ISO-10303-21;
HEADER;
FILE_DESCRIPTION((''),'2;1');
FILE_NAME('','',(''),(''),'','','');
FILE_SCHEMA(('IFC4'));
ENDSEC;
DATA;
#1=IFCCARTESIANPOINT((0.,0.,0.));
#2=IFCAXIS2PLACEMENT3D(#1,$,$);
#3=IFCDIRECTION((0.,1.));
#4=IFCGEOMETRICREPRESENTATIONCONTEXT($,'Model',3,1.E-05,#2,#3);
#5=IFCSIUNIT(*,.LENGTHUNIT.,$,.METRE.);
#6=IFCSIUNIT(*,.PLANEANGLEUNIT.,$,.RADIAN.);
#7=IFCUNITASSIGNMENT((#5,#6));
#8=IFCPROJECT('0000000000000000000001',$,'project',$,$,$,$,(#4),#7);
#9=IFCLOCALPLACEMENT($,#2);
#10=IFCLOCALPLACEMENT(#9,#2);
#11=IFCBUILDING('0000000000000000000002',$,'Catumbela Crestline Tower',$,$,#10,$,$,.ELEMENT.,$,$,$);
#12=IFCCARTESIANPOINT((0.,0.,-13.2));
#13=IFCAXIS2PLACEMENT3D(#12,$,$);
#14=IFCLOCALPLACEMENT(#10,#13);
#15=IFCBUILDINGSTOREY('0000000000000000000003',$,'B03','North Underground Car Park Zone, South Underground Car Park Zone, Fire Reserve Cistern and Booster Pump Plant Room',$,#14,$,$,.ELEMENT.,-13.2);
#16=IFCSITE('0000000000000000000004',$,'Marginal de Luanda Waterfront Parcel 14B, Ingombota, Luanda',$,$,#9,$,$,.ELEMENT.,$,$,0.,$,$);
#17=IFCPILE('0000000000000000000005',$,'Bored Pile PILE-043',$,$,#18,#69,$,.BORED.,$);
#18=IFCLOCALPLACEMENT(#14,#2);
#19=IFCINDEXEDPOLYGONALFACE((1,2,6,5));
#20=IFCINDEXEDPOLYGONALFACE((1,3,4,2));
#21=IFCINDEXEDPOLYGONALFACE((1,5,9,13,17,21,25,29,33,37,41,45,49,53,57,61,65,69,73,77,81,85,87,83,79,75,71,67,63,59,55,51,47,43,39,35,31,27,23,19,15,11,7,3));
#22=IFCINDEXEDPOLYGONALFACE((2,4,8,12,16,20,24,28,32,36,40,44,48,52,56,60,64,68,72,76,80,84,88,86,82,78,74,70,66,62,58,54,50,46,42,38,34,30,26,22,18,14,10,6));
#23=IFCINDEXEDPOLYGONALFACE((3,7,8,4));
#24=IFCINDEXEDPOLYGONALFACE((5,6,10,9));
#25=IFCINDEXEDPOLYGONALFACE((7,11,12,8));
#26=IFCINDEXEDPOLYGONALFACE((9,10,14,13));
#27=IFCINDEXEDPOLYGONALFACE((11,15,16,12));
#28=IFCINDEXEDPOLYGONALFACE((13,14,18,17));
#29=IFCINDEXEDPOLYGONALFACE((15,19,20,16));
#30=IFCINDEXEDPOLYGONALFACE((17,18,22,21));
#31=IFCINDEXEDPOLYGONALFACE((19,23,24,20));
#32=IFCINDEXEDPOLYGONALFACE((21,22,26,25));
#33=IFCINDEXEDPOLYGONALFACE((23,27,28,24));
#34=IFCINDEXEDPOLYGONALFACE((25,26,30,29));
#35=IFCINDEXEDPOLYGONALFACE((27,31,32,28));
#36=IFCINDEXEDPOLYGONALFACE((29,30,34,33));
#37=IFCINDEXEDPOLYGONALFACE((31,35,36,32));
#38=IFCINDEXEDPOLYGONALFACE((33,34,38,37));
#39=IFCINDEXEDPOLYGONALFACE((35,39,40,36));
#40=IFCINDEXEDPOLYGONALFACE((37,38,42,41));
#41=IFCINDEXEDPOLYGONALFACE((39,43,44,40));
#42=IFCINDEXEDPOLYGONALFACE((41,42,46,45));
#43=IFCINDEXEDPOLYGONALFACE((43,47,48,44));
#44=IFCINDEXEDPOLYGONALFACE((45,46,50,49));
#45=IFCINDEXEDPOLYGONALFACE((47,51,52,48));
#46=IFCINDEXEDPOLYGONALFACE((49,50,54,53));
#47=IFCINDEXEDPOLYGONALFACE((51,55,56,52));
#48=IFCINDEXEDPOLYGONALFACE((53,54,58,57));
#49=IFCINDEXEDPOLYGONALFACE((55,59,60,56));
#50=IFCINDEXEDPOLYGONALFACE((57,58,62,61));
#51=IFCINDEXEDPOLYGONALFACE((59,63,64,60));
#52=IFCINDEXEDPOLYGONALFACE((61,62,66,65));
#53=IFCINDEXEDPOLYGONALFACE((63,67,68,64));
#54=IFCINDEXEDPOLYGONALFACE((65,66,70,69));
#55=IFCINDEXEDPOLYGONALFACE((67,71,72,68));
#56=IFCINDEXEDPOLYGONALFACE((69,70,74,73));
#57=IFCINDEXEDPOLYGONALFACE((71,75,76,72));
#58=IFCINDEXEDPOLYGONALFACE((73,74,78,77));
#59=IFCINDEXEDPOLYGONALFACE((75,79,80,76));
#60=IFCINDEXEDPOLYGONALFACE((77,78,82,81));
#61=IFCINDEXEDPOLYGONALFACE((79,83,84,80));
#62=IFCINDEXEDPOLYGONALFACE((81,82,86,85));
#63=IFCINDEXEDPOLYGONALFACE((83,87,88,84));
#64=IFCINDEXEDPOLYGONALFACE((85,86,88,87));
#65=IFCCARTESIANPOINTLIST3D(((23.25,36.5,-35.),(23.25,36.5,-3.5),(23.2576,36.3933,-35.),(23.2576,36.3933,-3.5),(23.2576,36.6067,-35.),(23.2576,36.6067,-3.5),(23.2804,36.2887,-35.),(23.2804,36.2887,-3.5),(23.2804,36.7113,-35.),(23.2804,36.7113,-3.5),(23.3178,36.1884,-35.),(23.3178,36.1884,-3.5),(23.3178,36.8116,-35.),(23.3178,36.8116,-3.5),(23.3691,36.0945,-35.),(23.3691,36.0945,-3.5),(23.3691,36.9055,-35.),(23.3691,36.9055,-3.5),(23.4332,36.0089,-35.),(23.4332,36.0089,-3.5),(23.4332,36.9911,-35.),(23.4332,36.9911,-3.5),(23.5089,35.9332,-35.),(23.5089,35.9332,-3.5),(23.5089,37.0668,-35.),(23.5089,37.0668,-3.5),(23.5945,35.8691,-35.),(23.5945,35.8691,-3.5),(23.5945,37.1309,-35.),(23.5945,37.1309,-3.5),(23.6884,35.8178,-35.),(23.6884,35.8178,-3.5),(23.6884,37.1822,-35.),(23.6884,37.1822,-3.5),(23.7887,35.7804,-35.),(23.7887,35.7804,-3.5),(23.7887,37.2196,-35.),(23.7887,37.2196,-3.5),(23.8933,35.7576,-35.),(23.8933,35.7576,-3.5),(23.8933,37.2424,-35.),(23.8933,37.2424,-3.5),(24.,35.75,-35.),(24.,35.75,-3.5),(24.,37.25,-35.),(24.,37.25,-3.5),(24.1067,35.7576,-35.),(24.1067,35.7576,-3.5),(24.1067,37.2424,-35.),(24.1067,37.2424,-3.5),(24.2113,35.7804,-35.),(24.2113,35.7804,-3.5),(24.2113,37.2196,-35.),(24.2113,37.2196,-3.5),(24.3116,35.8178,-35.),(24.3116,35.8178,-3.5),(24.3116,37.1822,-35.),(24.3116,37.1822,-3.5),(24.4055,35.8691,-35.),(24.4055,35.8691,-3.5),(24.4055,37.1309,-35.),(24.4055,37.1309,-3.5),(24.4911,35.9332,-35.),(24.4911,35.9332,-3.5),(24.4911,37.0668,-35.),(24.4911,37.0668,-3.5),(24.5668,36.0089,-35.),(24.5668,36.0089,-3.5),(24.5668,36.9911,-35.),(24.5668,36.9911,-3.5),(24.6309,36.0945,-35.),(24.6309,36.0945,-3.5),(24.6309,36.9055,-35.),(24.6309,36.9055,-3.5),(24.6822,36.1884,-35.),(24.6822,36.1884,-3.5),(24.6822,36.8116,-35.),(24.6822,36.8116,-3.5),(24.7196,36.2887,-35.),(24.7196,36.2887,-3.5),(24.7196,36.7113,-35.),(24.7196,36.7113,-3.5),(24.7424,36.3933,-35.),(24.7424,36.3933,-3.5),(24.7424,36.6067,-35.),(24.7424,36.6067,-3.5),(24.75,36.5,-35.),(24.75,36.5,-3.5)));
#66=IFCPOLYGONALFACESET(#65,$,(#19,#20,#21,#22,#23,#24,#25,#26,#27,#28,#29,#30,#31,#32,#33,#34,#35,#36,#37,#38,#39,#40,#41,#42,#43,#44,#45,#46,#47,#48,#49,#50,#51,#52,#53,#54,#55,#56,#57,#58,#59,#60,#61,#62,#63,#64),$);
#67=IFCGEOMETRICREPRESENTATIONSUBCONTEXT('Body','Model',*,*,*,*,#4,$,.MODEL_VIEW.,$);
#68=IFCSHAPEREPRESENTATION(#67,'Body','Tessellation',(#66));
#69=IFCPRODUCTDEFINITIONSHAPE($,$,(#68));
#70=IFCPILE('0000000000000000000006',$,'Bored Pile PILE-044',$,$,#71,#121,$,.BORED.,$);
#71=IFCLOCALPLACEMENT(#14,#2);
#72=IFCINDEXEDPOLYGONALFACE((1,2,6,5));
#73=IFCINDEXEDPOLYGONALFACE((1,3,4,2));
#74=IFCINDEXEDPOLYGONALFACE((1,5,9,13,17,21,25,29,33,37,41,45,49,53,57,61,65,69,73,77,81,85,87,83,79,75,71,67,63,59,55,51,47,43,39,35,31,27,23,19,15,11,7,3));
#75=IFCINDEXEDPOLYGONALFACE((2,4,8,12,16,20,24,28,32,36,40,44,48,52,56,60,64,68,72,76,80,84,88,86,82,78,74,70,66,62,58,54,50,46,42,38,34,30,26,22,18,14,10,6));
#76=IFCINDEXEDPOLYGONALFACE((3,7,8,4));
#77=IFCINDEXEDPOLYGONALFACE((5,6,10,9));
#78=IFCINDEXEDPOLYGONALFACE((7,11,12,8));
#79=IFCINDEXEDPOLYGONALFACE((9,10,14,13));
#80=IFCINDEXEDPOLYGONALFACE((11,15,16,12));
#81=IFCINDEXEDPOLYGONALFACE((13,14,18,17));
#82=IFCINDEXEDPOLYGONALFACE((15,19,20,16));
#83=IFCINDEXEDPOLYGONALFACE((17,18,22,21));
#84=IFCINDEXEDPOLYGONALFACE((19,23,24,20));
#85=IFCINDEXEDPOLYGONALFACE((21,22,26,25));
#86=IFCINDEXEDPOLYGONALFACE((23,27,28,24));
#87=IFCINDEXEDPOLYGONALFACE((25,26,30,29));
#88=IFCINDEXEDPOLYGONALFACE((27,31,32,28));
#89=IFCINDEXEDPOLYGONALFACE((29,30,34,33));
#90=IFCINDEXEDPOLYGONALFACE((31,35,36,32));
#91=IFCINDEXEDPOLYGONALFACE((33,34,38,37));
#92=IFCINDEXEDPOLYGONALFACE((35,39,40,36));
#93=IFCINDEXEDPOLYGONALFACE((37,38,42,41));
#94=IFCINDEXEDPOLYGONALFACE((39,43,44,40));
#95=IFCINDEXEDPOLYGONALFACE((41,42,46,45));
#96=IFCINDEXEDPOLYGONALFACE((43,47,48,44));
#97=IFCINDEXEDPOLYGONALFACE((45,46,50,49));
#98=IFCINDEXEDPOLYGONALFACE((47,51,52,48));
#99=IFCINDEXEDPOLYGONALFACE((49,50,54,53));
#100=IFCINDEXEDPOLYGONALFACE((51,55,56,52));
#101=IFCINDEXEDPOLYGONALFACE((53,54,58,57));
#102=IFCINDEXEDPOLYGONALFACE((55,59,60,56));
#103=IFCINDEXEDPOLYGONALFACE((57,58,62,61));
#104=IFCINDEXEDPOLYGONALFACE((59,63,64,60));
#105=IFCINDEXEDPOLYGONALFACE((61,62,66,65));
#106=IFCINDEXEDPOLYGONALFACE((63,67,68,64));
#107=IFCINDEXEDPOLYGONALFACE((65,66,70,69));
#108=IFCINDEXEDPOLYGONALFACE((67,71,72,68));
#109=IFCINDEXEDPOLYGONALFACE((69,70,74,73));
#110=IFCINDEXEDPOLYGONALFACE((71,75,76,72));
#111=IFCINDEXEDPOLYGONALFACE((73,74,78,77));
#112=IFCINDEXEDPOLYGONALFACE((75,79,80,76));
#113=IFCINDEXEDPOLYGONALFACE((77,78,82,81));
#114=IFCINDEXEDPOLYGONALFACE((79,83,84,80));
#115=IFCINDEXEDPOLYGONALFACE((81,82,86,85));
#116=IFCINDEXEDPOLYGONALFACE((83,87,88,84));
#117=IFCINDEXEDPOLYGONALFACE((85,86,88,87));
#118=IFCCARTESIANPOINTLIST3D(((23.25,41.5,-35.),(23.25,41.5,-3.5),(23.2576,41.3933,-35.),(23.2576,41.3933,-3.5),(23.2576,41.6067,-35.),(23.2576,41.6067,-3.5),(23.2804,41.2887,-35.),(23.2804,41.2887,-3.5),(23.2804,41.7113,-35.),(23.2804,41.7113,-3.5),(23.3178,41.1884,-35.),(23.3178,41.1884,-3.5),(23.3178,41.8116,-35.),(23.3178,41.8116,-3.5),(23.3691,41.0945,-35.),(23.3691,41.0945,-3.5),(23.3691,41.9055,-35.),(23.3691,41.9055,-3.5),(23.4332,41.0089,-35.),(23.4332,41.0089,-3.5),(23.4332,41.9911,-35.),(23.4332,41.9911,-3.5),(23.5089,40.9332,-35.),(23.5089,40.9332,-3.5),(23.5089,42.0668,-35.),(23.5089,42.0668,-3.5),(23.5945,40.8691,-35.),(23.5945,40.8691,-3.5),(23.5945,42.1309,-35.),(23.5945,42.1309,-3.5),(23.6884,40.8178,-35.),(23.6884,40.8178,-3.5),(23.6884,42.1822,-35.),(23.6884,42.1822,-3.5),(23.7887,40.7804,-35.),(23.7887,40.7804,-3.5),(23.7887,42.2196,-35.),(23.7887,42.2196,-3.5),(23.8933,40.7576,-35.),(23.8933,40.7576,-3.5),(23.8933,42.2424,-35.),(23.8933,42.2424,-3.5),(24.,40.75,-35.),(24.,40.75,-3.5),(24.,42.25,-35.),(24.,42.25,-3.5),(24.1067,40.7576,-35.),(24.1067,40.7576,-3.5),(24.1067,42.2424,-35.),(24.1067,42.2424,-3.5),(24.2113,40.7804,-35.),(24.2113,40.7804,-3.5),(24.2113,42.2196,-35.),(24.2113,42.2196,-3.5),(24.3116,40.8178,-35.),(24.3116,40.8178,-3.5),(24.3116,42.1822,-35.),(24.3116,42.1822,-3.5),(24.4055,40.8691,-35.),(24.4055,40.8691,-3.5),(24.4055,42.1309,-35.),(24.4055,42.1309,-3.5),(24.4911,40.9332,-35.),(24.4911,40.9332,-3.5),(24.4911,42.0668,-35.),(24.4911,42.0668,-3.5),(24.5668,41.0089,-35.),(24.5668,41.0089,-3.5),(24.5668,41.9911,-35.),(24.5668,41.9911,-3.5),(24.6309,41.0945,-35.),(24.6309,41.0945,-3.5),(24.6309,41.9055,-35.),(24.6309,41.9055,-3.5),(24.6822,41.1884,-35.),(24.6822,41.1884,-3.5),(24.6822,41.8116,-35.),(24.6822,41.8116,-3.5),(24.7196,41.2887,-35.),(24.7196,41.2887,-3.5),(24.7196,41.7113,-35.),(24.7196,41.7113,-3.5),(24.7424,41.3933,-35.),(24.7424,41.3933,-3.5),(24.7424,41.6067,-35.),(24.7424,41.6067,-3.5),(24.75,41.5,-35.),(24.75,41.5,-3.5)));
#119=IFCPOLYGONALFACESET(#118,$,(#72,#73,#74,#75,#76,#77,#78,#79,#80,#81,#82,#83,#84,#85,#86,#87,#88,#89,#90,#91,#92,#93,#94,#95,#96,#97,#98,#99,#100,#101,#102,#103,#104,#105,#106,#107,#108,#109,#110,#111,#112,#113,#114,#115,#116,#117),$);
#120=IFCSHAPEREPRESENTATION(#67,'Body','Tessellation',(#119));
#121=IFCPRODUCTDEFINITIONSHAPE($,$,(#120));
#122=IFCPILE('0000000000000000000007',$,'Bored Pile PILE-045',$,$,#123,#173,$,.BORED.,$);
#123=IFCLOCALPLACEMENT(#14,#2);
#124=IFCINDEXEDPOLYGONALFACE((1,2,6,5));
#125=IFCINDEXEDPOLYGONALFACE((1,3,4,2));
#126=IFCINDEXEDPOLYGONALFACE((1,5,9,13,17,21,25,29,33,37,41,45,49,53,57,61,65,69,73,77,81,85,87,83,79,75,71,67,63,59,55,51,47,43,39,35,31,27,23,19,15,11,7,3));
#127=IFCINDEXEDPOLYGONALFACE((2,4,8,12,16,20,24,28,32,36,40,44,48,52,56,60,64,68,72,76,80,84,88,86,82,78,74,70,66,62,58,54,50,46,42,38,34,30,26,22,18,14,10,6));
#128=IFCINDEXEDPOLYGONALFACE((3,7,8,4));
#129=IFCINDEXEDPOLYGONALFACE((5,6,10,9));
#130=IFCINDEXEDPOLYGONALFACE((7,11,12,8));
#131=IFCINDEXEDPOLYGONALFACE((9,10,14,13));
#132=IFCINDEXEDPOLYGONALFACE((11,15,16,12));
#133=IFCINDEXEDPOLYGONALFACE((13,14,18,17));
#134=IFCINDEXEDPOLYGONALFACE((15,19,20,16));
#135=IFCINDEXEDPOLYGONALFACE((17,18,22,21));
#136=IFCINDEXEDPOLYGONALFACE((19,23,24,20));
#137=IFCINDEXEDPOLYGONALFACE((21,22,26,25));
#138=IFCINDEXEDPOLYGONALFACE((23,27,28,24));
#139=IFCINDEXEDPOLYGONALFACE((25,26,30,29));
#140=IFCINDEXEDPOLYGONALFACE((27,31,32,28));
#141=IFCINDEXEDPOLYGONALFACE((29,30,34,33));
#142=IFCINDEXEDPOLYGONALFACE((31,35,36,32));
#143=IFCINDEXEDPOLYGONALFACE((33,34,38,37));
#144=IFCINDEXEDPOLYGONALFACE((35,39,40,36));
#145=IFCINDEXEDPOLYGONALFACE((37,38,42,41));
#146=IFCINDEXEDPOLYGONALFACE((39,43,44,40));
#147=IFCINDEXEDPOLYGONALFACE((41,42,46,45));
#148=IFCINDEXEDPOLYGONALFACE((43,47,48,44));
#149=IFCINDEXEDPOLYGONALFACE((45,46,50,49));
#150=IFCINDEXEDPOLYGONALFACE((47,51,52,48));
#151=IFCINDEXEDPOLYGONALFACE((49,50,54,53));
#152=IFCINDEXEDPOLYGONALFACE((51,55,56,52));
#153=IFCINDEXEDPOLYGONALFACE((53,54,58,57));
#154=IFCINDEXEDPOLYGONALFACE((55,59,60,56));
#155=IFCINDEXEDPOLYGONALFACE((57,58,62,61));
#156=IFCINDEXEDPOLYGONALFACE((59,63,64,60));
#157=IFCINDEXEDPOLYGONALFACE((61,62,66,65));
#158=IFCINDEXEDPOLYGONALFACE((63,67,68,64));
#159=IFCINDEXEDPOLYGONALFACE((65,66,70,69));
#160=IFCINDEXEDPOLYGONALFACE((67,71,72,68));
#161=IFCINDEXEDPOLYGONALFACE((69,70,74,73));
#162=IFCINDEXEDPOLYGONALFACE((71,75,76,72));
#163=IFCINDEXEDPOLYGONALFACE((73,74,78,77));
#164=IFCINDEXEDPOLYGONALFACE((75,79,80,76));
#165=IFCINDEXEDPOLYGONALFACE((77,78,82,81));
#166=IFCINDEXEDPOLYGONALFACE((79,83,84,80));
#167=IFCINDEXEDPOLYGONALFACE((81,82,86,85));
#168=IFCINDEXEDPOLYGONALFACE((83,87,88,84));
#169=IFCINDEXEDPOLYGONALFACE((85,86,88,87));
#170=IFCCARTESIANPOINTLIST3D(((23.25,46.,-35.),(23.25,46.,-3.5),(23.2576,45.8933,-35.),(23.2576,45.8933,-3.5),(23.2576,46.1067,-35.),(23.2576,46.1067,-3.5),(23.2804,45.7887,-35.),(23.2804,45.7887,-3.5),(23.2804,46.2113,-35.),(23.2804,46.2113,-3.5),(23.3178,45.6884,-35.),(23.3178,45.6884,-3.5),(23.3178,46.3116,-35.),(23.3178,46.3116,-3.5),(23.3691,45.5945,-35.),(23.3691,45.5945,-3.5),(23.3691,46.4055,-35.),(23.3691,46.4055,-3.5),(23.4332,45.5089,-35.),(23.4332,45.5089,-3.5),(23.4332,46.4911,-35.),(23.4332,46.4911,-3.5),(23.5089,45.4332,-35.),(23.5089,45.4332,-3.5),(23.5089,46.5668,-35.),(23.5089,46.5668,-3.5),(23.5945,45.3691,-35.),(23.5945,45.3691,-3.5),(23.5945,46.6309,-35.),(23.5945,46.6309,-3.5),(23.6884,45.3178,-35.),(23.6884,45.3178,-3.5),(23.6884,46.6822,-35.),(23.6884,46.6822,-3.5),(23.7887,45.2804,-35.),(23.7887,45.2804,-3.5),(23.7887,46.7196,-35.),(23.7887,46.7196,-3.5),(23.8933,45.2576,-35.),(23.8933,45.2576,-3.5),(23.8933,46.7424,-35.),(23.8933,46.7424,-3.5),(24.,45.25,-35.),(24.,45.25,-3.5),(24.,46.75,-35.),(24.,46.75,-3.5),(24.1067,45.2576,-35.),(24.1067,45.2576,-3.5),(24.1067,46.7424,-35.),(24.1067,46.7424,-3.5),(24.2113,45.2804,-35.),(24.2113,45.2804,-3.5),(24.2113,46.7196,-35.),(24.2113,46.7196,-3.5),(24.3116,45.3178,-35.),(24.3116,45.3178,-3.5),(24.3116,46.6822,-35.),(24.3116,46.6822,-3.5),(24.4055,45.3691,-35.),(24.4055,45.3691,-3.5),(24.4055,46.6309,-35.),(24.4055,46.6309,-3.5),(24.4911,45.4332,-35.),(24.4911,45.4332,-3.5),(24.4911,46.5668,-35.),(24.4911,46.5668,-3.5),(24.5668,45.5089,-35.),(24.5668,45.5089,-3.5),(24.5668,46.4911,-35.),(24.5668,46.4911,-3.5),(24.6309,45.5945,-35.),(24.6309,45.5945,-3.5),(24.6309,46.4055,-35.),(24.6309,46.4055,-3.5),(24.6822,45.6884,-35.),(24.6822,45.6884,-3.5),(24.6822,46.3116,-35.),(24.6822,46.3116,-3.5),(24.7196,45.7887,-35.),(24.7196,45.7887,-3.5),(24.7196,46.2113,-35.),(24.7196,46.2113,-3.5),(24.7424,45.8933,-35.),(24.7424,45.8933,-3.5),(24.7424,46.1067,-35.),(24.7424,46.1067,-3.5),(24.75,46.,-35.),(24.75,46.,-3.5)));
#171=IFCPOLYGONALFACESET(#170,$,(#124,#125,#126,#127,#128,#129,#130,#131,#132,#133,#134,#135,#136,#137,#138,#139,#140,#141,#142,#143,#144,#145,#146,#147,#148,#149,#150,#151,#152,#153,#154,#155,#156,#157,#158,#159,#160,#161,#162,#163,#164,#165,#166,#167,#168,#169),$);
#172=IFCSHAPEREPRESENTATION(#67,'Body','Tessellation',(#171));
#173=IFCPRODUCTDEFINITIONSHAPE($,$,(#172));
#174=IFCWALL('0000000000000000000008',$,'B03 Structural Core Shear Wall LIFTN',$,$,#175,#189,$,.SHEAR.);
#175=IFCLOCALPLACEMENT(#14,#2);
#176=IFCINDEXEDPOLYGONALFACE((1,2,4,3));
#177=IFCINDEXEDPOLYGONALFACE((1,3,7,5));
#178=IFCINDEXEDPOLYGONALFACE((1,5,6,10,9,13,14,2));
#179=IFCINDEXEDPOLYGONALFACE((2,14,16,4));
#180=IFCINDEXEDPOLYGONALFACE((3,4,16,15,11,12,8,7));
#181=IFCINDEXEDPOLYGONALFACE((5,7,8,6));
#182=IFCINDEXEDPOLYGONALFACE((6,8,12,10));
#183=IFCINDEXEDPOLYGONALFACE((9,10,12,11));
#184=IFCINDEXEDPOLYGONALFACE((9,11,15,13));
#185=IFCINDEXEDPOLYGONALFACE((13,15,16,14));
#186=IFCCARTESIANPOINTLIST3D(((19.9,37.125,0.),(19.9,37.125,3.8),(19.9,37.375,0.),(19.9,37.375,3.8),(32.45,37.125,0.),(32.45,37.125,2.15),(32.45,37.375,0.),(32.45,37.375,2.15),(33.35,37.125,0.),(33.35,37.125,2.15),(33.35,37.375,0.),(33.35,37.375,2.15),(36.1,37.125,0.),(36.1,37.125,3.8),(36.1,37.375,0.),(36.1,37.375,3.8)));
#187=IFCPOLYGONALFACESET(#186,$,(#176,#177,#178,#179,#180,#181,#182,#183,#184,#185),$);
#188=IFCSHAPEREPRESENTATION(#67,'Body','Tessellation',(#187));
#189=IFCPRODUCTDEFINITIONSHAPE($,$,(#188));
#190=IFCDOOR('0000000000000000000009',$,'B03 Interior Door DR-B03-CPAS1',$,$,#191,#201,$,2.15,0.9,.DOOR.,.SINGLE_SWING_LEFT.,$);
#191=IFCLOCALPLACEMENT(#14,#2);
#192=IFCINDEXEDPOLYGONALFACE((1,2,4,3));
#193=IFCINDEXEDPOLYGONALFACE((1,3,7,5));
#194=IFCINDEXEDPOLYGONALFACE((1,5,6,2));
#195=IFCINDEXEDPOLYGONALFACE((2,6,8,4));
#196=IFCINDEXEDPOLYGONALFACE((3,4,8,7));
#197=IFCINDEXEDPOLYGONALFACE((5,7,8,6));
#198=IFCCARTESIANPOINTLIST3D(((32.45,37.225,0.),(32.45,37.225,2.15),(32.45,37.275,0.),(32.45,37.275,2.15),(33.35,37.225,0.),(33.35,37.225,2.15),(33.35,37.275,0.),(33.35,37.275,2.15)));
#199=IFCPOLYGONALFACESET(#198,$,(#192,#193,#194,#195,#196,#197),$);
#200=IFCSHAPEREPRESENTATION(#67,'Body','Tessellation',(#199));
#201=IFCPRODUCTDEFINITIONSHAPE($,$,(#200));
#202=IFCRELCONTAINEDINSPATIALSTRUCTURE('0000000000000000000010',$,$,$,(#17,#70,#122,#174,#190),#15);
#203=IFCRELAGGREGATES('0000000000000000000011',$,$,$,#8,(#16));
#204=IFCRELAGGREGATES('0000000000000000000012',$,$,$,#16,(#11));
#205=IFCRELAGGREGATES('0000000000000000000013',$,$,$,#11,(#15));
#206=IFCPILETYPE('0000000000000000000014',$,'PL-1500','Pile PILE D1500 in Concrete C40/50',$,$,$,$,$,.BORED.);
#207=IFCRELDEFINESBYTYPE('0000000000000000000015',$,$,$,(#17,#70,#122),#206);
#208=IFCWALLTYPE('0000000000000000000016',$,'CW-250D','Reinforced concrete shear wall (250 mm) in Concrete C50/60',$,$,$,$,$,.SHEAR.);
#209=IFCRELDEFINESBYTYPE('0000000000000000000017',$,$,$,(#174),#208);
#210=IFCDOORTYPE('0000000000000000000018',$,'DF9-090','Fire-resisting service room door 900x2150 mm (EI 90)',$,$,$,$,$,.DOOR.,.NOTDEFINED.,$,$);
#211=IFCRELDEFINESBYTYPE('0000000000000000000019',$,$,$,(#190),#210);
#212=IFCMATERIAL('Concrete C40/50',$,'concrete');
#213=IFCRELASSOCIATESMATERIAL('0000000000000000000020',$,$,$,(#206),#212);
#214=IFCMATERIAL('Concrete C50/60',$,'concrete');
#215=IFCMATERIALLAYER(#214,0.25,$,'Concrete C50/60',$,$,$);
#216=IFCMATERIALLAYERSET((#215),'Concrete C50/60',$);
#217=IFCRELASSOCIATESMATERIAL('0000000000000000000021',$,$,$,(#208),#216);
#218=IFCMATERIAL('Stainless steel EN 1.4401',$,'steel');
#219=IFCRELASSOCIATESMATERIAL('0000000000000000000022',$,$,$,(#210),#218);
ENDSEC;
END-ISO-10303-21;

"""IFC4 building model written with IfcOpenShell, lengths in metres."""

from ifc_helpers import new_model, si_unit, direction, frame, frame_2d, origin, origin_2d, place, context, subcontext, project, spatial, rectangle, circle, extrude, material, layer, layer_set, material_profile, profile_set, type_object, element, fill, save


model = new_model("IFC4")

# Units and contexts
model_context = context("Model", 3, precision=1e-05, world=origin(), true_north=direction((0.0, 1.0)))
body_context = subcontext(model_context, "Body", "Model", "MODEL_VIEW")
ifc_project = project(units=[si_unit("LENGTHUNIT", "METRE"), si_unit("PLANEANGLEUNIT", "RADIAN")], contexts=[model_context])

# Site, building, storey
site_placement = place(None, origin())
site = spatial("IfcSite", under=ifc_project, at=site_placement, Name="Marginal de Luanda Waterfront Parcel 14B, Ingombota, Luanda", CompositionType="ELEMENT", RefElevation=0.0)
building_placement = place(site_placement, origin())
building = spatial("IfcBuilding", under=site, at=building_placement, Name="Catumbela Crestline Tower", CompositionType="ELEMENT")
storey_placement = place(building_placement, frame((0.0, 0.0, -13.2)))
storey = spatial("IfcBuildingStorey", under=building, at=storey_placement, Name="B03", Description="North Underground Car Park Zone, South Underground Car Park Zone, Fire Reserve Cistern and Booster Pump Plant Room", CompositionType="ELEMENT", Elevation=-13.2)

# Piles
ifc_material_1 = material(Name="Concrete C40/50", Category="concrete")
ifc_material_profile = material_profile(ifc_material_1, circle(Radius=0.75, at=origin_2d()), Name="PILE D1500")
ifc_profile_set = profile_set([ifc_material_profile], Name="Concrete C40/50")
pile_type = type_object("IfcPileType", Name="PL-1500", Description="Pile PILE D1500 in Concrete C40/50", PredefinedType="BORED", material=ifc_profile_set)
for number, where, z_axis, x_axis, name in (
    (1, (24.0, 36.5, -3.5), (0.0, 0.0, -1.0), (1.0, 0.0, 0.0), "Bored Pile PILE-043"),
    (2, (24.0, 41.5, -3.5), (0.0, 0.0, -1.0), (1.0, 0.0, 0.0), "Bored Pile PILE-044"),
    (3, (24.0, 46.0, -3.5), (0.0, 0.0, -1.0), (1.0, 0.0, 0.0), "Bored Pile PILE-045"),
):
    element("IfcPile", number, at=place(storey_placement, frame(where, z_axis=z_axis, x_axis=x_axis)), inside=storey, type_object=pile_type, Name=name, PredefinedType="BORED", context=body_context, shape_type="SweptSolid", body=[
        extrude(circle(Radius=0.75, at=origin_2d()), origin(), (0.0, 0.0, 1.0), 31.5),
    ])

# Wall, opening, door
ifc_material_2 = material(Name="Concrete C50/60", Category="concrete")
ifc_layer_1 = layer(ifc_material_2, 0.25, Name="Concrete C50/60")
ifc_layer_set_1 = layer_set([ifc_layer_1], Name="Concrete C50/60")
wall_type_1 = type_object("IfcWallType", Name="CW-250D", Description="Reinforced concrete shear wall (250 mm) in Concrete C50/60", PredefinedType="SHEAR", material=ifc_layer_set_1)
wall_1_placement = place(storey_placement, frame((19.9, 37.25, 0.0), z_axis=(0.0, 0.0, 1.0), x_axis=(1.0, 0.0, 0.0)))
wall_1 = element("IfcWall", 4, at=wall_1_placement, inside=storey, type_object=wall_type_1, Name="B03 Structural Core Shear Wall LIFTN", PredefinedType="SHEAR", context=body_context, shape_type="SweptSolid", body=[
    extrude(rectangle(XDim=16.2, YDim=0.25, at=frame_2d((8.1, 0.0))), origin(), (0.0, 0.0, 1.0), 3.8),
])
opening_1_placement = place(wall_1_placement, frame((12.55, 0.0, 0.0)))
opening_1 = element("IfcOpeningElement", 5, at=opening_1_placement, cuts=wall_1, PredefinedType="OPENING", context=body_context, shape_type="SweptSolid", body=[
    extrude(rectangle(XDim=0.9, YDim=2.15, at=frame_2d((0.45, 1.075))), frame((0.0, 0.135, 0.0), z_axis=(0.0, -1.0, 0.0), x_axis=(1.0, 0.0, 0.0)), (0.0, 0.0, 1.0), 0.27),
])
ifc_material_3 = material(Name="Stainless steel EN 1.4401", Category="steel")
door_type = type_object("IfcDoorType", Name="DF9-090", Description="Fire-resisting service room door 900x2150 mm (EI 90)", OperationType="NOTDEFINED", PredefinedType="DOOR", material=ifc_material_3)
door_1_placement = place(opening_1_placement, origin())
door_1 = element("IfcDoor", 6, at=door_1_placement, inside=storey, type_object=door_type, Name="B03 Interior Door DR-B03-CPAS1", OperationType="SINGLE_SWING_LEFT", OverallHeight=2.15, OverallWidth=0.9, PredefinedType="DOOR", context=body_context, shape_type="SweptSolid", body=[
    extrude(rectangle(XDim=0.9, YDim=2.15, at=frame_2d((0.45, 1.075))), frame((0.0, 0.025, 0.0), z_axis=(0.0, -1.0, 0.0), x_axis=(1.0, 0.0, 0.0)), (0.0, 0.0, 1.0), 0.05),
])
fill(opening_1, door_1)

save(model, "model.ifc")
